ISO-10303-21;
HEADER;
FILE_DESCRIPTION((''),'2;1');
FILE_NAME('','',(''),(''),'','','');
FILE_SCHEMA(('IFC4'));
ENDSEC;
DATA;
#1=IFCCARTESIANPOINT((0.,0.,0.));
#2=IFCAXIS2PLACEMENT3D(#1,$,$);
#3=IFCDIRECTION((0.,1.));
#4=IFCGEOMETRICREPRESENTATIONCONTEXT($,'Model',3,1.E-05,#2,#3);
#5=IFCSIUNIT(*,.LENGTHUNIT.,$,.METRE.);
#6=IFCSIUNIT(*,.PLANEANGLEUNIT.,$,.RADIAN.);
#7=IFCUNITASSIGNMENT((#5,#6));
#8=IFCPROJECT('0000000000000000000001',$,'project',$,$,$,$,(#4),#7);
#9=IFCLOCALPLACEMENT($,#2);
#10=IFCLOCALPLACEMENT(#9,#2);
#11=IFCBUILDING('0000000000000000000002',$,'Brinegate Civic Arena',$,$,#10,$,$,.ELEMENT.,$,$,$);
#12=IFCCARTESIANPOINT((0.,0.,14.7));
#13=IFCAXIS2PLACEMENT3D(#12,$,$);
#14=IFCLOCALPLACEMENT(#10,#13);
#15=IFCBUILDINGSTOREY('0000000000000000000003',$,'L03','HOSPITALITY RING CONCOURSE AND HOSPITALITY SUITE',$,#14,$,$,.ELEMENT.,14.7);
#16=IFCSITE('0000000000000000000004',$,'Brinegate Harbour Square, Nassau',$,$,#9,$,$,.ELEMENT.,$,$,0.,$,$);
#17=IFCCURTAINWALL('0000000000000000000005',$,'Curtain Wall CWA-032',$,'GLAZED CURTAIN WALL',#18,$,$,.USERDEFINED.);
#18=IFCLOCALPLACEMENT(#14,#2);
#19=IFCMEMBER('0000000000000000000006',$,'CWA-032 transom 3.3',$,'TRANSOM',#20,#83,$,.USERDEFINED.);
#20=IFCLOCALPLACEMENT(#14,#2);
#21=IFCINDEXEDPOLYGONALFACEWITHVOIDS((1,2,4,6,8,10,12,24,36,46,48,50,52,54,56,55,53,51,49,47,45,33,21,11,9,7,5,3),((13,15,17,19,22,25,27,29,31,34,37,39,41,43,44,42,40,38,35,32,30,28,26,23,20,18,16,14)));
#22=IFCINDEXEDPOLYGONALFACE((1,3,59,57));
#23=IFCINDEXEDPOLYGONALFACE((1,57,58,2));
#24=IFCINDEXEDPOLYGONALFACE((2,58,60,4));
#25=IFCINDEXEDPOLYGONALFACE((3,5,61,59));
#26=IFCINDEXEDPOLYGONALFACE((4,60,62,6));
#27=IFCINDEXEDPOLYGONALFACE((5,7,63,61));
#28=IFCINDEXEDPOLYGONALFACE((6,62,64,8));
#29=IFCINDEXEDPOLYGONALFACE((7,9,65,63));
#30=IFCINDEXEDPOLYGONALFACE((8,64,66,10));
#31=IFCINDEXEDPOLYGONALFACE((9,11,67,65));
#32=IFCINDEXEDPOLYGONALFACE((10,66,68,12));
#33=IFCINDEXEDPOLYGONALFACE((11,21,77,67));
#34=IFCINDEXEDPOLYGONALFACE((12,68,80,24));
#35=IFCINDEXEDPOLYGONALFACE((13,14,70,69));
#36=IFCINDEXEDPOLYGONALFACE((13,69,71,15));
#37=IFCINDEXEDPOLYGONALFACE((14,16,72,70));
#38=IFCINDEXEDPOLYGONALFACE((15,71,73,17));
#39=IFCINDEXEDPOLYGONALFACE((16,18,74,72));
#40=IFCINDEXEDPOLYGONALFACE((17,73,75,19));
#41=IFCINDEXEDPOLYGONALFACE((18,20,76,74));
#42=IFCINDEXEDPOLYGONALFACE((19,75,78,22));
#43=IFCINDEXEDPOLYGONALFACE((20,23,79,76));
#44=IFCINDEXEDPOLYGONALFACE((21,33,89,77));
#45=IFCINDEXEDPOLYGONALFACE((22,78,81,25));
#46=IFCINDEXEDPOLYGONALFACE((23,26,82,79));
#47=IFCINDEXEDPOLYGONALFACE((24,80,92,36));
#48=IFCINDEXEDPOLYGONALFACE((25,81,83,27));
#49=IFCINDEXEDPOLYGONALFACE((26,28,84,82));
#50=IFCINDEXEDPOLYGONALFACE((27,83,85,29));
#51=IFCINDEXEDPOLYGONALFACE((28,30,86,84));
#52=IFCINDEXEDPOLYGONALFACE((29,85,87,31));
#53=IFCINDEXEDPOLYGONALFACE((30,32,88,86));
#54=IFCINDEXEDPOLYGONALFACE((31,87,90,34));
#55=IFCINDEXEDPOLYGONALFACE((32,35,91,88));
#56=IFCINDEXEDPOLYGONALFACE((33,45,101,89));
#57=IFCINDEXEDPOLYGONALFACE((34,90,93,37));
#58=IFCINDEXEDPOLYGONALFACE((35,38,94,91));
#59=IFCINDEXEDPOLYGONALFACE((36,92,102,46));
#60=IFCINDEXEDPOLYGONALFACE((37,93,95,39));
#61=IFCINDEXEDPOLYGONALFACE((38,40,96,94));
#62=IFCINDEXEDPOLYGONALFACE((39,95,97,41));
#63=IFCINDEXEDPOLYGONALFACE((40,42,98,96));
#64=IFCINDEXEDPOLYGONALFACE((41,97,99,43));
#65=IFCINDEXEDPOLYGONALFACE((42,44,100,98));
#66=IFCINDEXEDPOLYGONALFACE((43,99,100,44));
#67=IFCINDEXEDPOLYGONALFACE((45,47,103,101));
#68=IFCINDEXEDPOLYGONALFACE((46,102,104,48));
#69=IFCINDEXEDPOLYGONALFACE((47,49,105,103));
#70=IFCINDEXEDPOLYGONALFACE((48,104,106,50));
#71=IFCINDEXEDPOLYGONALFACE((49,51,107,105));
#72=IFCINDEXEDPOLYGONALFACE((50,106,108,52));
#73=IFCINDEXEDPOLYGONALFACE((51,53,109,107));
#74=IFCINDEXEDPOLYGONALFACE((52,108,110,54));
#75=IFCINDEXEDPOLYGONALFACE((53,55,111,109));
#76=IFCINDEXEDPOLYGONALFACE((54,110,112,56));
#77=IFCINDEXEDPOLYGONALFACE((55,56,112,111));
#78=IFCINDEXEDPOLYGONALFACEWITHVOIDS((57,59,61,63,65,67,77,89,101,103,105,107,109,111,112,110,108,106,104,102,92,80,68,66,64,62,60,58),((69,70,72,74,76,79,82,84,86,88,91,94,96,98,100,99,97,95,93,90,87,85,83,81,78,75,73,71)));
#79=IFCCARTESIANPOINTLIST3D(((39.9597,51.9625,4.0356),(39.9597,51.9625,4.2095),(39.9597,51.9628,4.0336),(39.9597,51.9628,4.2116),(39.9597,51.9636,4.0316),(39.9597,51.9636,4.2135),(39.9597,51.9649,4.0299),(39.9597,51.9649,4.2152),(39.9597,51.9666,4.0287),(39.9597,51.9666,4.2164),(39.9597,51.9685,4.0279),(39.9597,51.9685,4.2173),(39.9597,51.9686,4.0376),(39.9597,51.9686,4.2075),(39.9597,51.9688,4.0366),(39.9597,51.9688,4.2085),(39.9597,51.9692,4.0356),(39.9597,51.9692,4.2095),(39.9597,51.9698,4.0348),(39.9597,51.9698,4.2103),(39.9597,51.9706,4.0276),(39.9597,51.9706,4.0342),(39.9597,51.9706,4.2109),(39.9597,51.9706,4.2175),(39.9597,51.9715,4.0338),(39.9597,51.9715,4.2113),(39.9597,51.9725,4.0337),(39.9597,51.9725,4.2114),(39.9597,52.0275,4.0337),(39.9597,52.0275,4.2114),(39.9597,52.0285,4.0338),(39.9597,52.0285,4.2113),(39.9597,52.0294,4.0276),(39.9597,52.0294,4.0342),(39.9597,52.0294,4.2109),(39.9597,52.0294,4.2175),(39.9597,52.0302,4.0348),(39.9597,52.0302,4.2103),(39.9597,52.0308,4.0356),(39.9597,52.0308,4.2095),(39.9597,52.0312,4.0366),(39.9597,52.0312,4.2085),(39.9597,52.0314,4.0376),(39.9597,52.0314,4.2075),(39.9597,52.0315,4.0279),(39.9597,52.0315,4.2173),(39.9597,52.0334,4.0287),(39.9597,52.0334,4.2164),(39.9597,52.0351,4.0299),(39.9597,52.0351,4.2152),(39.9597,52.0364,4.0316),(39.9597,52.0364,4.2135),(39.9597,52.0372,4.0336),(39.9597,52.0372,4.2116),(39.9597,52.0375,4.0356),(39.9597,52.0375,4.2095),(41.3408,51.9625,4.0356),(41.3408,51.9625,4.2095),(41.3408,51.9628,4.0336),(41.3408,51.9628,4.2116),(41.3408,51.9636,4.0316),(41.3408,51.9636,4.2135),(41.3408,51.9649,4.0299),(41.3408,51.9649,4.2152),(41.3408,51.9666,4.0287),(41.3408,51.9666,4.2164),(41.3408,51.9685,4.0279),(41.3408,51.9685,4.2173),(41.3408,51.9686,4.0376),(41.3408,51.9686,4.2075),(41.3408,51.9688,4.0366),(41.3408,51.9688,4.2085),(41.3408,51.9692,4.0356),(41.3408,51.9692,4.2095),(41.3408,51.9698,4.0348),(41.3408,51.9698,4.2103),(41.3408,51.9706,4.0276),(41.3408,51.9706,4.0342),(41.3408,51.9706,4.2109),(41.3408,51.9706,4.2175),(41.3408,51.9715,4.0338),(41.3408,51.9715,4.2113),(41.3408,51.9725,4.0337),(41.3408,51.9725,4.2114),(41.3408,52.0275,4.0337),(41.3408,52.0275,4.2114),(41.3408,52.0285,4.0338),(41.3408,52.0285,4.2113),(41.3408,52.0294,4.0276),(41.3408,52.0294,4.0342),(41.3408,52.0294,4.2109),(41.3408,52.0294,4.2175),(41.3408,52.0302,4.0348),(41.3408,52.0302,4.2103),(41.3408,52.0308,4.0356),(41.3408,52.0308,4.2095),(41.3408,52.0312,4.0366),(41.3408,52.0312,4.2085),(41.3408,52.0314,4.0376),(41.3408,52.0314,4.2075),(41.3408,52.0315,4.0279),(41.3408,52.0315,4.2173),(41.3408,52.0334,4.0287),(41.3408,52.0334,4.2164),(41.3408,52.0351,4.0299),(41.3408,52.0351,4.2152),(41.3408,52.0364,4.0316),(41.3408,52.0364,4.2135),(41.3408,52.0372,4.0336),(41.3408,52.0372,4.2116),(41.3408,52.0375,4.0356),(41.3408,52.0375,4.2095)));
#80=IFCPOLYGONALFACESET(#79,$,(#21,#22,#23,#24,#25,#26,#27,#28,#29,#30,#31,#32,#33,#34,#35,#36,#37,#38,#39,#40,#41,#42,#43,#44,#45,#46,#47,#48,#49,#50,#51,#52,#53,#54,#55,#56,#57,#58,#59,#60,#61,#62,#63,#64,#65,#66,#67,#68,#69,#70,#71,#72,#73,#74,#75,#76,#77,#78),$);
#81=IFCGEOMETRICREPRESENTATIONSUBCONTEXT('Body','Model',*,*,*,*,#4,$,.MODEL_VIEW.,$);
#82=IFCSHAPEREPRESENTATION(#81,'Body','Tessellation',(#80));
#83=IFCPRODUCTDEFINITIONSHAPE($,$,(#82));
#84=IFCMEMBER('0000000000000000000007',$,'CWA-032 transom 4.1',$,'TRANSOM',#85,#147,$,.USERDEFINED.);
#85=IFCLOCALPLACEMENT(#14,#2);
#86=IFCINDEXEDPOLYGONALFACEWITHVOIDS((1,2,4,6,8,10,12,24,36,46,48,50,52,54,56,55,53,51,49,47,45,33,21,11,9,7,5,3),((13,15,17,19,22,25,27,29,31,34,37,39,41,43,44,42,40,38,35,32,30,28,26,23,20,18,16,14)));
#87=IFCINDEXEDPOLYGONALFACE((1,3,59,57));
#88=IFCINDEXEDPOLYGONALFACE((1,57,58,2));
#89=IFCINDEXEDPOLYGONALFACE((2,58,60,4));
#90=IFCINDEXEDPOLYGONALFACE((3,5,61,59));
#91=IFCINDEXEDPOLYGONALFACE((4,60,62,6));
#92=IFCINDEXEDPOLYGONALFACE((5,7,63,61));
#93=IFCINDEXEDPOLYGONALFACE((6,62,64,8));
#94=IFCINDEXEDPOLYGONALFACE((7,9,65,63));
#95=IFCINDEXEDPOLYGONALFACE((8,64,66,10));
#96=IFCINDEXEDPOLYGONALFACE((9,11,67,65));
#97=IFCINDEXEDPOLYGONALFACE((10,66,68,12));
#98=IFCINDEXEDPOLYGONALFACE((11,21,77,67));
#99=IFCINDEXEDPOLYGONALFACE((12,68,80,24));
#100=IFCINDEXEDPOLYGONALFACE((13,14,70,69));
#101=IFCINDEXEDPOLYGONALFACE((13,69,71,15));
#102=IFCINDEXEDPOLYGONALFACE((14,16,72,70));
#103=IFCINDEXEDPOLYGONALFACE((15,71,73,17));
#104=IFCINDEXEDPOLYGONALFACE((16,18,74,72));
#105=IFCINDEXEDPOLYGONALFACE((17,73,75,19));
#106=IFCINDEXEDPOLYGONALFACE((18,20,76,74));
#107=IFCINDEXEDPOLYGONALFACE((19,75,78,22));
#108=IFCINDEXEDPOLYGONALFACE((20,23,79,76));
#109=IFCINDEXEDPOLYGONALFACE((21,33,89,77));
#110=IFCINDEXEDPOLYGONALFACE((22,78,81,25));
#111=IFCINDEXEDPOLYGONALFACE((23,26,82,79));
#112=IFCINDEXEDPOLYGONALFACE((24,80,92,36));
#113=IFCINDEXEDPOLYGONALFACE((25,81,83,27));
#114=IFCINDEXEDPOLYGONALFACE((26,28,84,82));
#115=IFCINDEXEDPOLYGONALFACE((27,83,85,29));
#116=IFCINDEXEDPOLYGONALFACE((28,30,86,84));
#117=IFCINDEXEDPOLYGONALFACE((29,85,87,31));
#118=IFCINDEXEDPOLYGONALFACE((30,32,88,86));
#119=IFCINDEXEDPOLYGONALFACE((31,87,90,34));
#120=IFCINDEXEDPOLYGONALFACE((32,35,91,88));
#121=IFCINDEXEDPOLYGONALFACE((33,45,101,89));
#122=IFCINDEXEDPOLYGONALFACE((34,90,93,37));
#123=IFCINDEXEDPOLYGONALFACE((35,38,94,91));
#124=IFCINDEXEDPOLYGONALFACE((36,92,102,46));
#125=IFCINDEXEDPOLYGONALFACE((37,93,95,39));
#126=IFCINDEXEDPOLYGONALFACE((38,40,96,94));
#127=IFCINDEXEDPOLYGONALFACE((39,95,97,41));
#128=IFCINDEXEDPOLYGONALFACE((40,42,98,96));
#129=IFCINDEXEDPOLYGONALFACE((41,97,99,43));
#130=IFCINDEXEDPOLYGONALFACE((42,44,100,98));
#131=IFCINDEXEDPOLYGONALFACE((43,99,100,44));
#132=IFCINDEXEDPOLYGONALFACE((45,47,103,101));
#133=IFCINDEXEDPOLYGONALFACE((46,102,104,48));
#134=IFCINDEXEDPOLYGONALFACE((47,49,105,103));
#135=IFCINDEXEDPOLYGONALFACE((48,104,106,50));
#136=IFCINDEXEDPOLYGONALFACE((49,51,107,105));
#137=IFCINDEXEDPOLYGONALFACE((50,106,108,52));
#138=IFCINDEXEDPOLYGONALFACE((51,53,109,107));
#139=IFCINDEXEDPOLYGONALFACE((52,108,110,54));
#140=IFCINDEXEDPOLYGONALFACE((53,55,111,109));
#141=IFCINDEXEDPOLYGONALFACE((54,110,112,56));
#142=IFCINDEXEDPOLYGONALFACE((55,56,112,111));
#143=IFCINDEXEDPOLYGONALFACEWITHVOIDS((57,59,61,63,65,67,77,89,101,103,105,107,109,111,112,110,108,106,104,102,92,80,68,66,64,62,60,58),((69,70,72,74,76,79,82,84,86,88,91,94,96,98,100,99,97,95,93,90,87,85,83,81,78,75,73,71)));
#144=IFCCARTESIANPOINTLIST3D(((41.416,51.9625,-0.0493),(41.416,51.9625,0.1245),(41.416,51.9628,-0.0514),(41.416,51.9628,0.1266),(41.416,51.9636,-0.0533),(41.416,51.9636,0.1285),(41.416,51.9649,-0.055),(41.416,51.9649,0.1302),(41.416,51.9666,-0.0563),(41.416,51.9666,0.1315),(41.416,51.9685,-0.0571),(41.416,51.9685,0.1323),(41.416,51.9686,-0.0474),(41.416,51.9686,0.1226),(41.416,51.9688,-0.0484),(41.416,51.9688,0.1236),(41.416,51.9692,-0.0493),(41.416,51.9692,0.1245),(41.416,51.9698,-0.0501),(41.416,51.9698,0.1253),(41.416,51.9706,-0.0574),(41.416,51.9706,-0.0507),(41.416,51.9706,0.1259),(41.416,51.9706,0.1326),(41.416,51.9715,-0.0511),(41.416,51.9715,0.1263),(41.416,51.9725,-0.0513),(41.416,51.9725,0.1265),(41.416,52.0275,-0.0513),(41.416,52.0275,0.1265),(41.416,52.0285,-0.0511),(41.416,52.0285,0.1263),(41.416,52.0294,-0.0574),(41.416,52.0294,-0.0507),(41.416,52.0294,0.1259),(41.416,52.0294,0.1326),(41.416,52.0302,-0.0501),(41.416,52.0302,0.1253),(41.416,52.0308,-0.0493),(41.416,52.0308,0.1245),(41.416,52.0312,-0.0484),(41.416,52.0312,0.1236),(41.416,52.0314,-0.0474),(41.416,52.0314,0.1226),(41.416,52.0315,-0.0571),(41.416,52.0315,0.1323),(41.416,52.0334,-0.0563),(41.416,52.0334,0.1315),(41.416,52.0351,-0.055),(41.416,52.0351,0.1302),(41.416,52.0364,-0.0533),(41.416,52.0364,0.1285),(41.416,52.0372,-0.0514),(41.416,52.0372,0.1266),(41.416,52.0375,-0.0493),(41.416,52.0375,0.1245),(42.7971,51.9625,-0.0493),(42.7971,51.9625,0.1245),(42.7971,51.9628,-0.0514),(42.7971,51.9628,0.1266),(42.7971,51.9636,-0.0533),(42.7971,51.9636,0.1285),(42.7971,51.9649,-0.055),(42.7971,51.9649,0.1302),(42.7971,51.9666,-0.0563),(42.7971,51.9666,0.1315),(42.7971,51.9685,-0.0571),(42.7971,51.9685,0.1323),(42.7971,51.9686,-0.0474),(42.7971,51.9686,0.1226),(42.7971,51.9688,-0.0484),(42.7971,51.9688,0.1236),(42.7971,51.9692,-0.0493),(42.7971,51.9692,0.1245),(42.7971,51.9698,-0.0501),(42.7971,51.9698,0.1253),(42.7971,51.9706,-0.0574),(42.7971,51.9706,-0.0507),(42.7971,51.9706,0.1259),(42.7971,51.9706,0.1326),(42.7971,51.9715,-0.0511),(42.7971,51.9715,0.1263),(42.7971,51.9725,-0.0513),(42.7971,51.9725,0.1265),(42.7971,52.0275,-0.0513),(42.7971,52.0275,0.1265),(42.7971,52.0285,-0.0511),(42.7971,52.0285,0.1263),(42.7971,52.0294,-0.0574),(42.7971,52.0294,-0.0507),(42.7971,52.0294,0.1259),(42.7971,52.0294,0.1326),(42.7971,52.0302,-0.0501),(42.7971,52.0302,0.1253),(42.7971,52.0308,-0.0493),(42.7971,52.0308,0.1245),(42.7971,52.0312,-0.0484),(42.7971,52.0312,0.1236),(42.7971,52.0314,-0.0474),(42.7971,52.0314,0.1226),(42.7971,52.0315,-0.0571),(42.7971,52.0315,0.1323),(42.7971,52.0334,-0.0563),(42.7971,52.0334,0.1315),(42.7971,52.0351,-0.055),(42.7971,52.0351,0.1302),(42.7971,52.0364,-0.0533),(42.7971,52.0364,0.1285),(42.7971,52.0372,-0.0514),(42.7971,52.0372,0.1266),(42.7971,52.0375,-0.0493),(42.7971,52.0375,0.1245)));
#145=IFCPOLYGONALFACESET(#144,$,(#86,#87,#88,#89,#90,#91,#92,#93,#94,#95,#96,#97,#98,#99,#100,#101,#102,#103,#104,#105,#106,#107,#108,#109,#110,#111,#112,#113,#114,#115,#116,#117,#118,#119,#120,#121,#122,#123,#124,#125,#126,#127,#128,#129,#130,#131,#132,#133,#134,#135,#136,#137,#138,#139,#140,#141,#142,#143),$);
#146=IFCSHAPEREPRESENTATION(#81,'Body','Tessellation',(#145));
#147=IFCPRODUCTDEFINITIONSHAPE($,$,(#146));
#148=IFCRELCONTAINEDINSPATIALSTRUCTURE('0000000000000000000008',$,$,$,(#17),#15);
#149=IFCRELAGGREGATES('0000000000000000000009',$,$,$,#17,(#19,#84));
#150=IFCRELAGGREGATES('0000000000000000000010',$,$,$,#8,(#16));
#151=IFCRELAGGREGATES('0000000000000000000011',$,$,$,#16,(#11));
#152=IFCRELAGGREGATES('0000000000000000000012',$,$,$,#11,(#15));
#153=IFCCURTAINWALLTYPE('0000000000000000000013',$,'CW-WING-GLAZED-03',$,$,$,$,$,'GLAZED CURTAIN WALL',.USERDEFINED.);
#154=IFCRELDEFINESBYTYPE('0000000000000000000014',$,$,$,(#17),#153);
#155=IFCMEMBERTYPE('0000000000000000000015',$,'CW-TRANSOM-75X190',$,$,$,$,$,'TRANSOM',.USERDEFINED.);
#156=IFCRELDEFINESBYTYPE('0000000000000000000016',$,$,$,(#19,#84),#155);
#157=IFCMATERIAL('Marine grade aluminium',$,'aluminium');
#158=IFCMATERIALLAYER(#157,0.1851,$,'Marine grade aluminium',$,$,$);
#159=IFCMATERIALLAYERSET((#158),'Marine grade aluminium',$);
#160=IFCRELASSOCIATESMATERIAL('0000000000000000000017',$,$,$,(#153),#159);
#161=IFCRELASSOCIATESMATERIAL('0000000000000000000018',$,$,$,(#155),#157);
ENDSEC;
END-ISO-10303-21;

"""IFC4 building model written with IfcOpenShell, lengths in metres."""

from ifc_helpers import new_model, si_unit, direction, frame, origin, origin_2d, place, context, subcontext, project, spatial, hollow_rectangle, extrude, material, layer, layer_set, material_profile, profile_set, type_object, element, aggregate, save


model = new_model("IFC4")

# Units and contexts
model_context = context("Model", 3, precision=1e-05, world=origin(), true_north=direction((0.0, 1.0)))
body_context = subcontext(model_context, "Body", "Model", "MODEL_VIEW")
ifc_project = project(units=[si_unit("LENGTHUNIT", "METRE"), si_unit("PLANEANGLEUNIT", "RADIAN")], contexts=[model_context])

# Site, building, storey
site_placement = place(None, origin())
site = spatial("IfcSite", under=ifc_project, at=site_placement, Name="Brinegate Harbour Square, Nassau", CompositionType="ELEMENT", RefElevation=0.0)
building_placement = place(site_placement, origin())
building = spatial("IfcBuilding", under=site, at=building_placement, Name="Brinegate Civic Arena", CompositionType="ELEMENT")
storey_placement = place(building_placement, frame((0.0, 0.0, 14.7)))
storey = spatial("IfcBuildingStorey", under=building, at=storey_placement, Name="L03", Description="HOSPITALITY RING CONCOURSE AND HOSPITALITY SUITE", CompositionType="ELEMENT", Elevation=14.7)

# Curtain wall, members
ifc_material_1 = material(Name="Marine grade aluminium", Category="aluminium")
ifc_layer_1 = layer(ifc_material_1, 0.1851, Name="Marine grade aluminium")
ifc_layer_set_1 = layer_set([ifc_layer_1], Name="Marine grade aluminium")
curtain_wall_type = type_object("IfcCurtainWallType", Name="CW-WING-GLAZED-03", ElementType="GLAZED CURTAIN WALL", PredefinedType="USERDEFINED", material=ifc_layer_set_1)
curtain_wall_placement = place(storey_placement, origin())
curtain_wall = element("IfcCurtainWall", 1, at=curtain_wall_placement, inside=storey, type_object=curtain_wall_type, Name="Curtain Wall CWA-032", ObjectType="GLAZED CURTAIN WALL", PredefinedType="USERDEFINED")
ifc_material_profile_1 = material_profile(ifc_material_1, hollow_rectangle(XDim=0.075, YDim=0.1899, WallThickness=0.0061, InnerFilletRadius=0.0039, OuterFilletRadius=0.0081, at=origin_2d()), Name="TRN75X190")
ifc_profile_set_1 = profile_set([ifc_material_profile_1], Name="Marine grade aluminium")
member_type_1 = type_object("IfcMemberType", Name="CW-TRANSOM-75X190", ElementType="TRANSOM", PredefinedType="USERDEFINED", material=ifc_profile_set_1)
member_1_placement = place(storey_placement, frame((39.9597, 52.0, 4.1226), z_axis=(1.0, 0.0, 0.0), x_axis=(0.0, 1.0, 0.0)))
member_1 = element("IfcMember", 2, at=member_1_placement, type_object=member_type_1, Name="CWA-032 transom 3.3", ObjectType="TRANSOM", PredefinedType="USERDEFINED", context=body_context, shape_type="SweptSolid", body=[
    extrude(hollow_rectangle(XDim=0.075, YDim=0.1899, WallThickness=0.0061, InnerFilletRadius=0.0039, OuterFilletRadius=0.0081, at=origin_2d()), origin(), (0.0, 0.0, 1.0), 1.3811),
])
member_2_placement = place(storey_placement, frame((41.416, 52.0, 0.0376), z_axis=(1.0, 0.0, 0.0), x_axis=(0.0, 1.0, 0.0)))
member_2 = element("IfcMember", 3, at=member_2_placement, type_object=member_type_1, Name="CWA-032 transom 4.1", ObjectType="TRANSOM", PredefinedType="USERDEFINED", context=body_context, shape_type="SweptSolid", body=[
    extrude(hollow_rectangle(XDim=0.075, YDim=0.1899, WallThickness=0.0061, InnerFilletRadius=0.0039, OuterFilletRadius=0.0081, at=origin_2d()), origin(), (0.0, 0.0, 1.0), 1.3811),
])
aggregate(curtain_wall, [member_1, member_2])

save(model, "model.ifc")
